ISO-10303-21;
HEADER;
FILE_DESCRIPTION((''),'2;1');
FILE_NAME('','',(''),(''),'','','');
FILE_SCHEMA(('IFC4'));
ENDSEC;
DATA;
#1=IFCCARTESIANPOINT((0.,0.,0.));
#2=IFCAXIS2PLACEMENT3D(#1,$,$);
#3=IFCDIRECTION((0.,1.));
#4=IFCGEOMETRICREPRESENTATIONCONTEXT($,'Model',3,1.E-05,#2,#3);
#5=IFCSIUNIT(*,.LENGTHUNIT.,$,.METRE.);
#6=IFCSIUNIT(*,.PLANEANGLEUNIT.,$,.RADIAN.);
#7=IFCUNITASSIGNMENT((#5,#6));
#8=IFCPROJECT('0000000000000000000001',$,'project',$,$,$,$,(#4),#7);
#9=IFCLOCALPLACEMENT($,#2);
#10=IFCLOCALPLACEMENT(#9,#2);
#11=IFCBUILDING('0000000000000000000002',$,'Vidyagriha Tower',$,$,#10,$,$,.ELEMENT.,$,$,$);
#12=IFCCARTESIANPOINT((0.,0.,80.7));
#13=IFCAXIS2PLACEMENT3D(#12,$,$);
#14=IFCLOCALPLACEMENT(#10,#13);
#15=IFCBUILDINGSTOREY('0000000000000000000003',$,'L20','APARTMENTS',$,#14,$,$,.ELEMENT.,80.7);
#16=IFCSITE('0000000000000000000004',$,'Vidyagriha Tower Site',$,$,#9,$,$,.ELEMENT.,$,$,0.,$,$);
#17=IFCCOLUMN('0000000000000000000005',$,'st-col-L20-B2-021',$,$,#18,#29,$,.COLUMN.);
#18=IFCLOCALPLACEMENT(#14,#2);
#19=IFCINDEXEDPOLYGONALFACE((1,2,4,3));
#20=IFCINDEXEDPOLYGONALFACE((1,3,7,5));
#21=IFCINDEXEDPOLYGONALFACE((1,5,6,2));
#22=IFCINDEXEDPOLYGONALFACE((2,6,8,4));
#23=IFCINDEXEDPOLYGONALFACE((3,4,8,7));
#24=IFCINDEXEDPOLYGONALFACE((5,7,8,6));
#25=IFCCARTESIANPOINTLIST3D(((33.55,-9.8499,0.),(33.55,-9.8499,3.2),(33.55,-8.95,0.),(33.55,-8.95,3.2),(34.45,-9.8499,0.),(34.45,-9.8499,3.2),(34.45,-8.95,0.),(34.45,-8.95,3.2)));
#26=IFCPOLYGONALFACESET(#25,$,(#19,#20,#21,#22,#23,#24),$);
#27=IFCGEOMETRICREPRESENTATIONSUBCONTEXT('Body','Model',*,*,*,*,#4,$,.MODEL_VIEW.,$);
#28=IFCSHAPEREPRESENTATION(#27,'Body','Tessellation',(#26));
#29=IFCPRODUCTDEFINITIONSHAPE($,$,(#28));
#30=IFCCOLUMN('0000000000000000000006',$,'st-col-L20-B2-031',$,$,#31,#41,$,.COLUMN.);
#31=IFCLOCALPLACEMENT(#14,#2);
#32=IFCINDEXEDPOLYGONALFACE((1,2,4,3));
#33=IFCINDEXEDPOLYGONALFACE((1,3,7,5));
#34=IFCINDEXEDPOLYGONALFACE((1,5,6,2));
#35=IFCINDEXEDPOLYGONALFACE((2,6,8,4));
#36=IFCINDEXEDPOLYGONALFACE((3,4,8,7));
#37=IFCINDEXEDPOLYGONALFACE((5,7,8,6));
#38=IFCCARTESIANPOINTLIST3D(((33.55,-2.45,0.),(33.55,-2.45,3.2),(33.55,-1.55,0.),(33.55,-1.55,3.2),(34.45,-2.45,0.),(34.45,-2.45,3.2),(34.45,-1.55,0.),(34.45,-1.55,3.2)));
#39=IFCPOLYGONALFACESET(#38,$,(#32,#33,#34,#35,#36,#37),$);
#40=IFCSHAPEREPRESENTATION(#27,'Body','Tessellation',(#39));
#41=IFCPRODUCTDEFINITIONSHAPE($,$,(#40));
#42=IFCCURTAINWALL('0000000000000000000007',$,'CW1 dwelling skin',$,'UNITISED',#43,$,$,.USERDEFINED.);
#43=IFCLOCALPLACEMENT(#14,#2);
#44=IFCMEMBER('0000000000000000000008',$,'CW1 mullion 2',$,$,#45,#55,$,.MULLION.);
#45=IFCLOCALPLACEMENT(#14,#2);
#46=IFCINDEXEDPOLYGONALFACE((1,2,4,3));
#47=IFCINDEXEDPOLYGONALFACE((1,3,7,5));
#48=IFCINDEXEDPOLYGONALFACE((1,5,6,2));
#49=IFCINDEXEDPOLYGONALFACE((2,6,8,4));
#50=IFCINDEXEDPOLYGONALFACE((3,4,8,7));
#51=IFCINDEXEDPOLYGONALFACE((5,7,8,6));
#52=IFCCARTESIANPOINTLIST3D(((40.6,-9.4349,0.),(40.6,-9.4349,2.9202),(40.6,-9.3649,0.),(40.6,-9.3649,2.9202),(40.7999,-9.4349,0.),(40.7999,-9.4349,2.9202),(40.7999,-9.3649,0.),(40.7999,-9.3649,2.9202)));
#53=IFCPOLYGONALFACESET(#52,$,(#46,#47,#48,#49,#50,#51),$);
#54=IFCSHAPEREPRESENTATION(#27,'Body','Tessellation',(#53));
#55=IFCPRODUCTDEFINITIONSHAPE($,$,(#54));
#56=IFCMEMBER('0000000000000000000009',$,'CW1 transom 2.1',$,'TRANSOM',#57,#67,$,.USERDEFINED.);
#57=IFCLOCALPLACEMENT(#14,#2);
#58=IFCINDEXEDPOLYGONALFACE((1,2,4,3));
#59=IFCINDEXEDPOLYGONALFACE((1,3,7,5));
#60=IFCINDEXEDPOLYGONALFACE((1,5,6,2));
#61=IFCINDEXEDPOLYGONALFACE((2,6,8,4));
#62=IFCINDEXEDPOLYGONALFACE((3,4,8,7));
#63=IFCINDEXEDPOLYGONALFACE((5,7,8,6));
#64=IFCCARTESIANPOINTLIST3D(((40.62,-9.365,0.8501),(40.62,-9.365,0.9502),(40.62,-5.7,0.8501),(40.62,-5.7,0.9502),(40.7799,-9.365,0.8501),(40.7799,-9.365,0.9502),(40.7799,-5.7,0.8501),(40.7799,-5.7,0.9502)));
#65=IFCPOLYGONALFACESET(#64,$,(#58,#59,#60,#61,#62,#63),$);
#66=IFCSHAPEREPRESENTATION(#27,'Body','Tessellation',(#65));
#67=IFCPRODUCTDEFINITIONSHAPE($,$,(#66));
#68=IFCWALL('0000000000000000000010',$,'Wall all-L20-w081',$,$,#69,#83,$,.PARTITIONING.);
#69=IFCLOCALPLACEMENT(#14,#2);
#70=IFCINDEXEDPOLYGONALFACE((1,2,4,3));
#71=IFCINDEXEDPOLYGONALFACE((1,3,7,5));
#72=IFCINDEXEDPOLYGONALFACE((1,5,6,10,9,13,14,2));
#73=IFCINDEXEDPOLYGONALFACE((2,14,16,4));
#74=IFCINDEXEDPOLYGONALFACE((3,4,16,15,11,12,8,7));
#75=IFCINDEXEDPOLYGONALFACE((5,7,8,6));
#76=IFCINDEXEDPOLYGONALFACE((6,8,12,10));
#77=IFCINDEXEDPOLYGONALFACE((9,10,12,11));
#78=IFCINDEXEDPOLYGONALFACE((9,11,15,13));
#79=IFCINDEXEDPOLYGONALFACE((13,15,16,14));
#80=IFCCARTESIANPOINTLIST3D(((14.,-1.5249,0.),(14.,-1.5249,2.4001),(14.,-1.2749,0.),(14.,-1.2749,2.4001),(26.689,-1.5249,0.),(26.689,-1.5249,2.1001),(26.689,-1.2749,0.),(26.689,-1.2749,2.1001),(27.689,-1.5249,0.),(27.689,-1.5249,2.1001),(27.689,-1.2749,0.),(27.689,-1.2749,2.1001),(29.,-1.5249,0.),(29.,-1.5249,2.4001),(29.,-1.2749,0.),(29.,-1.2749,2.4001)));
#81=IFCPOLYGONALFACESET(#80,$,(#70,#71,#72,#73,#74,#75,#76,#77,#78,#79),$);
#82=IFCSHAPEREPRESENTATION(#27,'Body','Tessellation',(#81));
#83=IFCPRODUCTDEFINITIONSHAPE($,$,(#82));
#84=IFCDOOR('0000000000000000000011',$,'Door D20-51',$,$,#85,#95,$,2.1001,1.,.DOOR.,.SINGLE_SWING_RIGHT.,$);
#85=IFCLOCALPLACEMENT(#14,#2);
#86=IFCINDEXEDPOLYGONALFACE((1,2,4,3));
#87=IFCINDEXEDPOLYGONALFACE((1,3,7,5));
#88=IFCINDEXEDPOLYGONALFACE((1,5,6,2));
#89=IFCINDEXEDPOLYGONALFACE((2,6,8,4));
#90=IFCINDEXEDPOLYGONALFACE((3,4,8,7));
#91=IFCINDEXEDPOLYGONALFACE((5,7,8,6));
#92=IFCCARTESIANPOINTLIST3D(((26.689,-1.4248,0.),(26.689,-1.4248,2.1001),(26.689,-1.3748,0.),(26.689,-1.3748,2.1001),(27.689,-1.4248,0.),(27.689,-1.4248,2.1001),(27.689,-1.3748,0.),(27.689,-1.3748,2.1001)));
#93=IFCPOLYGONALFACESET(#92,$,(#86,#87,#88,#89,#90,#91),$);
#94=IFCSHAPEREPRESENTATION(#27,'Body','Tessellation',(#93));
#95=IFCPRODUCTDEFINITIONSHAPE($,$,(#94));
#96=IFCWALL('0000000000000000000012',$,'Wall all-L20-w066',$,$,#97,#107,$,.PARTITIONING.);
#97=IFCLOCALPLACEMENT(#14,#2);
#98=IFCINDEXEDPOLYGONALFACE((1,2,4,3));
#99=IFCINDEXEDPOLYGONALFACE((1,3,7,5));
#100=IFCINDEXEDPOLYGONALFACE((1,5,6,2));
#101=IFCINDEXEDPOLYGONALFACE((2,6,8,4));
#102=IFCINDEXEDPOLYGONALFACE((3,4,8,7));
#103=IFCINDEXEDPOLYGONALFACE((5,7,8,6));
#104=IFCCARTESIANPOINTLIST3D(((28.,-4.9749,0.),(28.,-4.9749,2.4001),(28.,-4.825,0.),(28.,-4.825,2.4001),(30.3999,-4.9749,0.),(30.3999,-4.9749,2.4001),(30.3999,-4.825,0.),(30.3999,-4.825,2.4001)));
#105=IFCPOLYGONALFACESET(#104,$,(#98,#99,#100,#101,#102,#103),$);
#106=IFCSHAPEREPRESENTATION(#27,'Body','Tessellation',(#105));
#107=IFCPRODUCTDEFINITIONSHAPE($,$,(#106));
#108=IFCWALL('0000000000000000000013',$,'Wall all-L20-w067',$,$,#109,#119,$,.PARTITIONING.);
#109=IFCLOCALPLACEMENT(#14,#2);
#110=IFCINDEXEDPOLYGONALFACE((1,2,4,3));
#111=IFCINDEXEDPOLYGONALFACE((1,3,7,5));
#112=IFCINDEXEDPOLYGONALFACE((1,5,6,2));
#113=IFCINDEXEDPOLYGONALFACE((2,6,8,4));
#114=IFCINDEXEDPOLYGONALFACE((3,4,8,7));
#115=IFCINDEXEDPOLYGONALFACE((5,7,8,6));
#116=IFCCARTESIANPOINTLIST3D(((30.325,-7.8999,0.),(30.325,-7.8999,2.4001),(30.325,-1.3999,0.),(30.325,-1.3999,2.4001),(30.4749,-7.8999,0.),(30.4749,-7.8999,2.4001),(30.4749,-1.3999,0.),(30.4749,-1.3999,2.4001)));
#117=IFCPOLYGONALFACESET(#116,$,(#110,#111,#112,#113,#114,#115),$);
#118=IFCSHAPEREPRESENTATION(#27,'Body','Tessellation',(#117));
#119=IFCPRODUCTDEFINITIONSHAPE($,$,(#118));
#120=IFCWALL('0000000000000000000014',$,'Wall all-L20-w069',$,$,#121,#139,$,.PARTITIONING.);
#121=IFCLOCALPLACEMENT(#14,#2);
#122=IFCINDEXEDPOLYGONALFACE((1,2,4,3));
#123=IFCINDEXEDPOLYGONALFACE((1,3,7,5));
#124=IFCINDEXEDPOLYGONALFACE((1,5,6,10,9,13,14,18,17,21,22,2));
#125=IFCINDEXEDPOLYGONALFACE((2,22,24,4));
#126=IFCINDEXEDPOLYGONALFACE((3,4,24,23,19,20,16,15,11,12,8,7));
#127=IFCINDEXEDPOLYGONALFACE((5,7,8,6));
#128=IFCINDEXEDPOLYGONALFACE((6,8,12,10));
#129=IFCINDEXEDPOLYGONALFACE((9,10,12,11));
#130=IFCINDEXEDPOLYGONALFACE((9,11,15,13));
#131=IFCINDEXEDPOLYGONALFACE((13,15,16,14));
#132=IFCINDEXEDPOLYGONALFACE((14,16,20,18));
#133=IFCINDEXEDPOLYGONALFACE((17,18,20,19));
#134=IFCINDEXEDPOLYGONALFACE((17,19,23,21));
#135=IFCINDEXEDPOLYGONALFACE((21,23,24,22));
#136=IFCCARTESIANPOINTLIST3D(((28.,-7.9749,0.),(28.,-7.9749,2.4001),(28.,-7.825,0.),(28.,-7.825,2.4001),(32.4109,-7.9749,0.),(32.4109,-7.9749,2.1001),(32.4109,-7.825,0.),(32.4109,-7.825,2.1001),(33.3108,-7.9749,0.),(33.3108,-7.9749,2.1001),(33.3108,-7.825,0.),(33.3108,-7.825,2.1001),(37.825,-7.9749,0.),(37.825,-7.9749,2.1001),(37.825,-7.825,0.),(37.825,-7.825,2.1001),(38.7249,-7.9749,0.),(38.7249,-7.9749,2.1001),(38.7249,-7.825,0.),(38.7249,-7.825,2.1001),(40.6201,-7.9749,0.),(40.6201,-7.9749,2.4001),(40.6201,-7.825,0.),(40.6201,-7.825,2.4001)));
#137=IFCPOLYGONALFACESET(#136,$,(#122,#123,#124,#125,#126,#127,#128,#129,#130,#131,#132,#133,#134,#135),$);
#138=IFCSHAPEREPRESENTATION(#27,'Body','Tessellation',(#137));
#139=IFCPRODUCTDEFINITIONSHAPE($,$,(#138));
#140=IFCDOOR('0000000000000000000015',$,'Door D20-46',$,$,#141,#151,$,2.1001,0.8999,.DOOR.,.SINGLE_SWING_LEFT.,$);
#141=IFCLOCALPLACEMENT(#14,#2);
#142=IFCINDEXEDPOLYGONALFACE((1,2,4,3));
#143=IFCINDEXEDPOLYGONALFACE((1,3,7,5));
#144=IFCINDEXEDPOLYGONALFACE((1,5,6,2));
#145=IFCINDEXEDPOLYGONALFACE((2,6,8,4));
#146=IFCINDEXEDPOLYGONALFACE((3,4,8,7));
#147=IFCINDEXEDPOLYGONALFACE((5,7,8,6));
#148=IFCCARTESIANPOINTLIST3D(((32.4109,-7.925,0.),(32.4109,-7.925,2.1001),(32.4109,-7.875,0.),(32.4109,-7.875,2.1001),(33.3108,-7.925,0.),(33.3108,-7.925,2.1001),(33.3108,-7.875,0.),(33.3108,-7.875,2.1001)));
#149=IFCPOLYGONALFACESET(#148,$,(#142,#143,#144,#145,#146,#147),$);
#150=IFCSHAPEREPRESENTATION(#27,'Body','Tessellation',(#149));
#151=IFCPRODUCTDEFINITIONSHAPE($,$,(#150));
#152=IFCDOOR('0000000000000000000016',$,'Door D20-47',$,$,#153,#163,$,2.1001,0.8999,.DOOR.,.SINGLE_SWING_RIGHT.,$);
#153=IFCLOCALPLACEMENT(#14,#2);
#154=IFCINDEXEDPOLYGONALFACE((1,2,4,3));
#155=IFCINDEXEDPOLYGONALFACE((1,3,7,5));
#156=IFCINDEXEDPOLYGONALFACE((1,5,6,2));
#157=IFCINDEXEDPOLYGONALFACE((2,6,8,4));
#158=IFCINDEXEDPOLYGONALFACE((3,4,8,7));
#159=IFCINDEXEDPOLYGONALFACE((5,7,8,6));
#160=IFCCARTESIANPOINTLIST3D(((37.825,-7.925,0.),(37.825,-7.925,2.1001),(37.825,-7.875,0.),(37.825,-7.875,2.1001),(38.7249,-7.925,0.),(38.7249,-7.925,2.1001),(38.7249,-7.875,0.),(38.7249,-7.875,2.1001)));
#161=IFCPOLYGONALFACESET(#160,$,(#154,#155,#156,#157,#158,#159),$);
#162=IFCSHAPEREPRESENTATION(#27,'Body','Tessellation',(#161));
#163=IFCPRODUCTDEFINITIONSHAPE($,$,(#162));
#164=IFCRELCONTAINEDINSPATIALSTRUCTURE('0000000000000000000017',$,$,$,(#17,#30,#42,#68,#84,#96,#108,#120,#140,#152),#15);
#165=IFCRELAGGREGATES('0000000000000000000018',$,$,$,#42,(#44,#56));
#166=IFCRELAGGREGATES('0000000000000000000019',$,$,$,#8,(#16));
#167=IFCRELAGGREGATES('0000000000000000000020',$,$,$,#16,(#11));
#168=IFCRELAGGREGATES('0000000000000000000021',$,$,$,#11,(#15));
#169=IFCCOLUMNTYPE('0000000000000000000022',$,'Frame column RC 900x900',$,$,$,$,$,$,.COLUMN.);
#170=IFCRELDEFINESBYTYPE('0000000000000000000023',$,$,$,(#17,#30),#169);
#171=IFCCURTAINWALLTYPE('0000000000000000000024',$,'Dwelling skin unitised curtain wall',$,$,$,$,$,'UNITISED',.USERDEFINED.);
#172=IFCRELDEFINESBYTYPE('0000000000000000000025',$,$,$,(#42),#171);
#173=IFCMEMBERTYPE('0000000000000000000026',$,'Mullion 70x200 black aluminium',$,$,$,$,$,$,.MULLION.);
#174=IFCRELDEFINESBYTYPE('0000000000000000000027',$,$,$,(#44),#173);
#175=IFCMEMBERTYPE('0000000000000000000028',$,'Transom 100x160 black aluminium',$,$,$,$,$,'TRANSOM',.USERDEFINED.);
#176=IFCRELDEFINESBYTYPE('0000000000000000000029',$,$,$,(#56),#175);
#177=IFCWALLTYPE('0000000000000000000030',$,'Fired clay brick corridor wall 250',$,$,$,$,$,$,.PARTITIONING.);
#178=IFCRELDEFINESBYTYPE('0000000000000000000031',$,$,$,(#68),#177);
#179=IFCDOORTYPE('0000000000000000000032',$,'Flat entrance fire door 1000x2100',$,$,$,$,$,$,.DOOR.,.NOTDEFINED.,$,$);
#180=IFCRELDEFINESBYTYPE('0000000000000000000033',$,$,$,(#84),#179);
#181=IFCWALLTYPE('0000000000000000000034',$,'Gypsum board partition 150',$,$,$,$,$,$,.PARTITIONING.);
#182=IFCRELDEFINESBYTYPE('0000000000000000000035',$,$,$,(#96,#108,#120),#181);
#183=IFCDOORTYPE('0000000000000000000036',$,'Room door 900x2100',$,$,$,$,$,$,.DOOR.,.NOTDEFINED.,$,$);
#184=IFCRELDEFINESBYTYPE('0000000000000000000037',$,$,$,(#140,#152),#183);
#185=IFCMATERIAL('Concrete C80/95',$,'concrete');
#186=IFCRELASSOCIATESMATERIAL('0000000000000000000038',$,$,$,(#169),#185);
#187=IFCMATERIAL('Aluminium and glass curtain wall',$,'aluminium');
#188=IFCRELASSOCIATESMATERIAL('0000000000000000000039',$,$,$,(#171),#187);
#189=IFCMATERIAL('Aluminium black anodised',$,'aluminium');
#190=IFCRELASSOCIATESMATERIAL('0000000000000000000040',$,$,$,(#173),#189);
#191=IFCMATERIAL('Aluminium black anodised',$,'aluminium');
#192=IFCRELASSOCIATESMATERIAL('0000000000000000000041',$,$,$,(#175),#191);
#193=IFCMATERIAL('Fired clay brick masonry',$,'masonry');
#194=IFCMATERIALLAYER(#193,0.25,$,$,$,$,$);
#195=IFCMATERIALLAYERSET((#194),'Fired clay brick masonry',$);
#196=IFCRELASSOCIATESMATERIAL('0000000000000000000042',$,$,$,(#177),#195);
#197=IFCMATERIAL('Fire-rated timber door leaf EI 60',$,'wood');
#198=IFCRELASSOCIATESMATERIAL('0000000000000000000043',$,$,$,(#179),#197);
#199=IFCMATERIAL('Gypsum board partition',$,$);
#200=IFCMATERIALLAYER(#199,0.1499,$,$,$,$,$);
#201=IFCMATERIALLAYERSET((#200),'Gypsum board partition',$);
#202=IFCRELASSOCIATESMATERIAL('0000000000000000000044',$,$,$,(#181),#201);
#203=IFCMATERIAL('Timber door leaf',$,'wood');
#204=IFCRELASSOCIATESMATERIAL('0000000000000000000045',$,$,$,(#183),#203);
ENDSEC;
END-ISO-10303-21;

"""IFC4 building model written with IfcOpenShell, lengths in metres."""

from ifc_helpers import new_model, si_unit, direction, frame, frame_2d, origin, origin_2d, place, context, subcontext, project, spatial, rectangle, extrude, material, layer, layer_set, material_profile, profile_set, type_object, element, fill, aggregate, save


model = new_model("IFC4")

# Units and contexts
model_context = context("Model", 3, precision=1e-05, world=origin(), true_north=direction((0.0, 1.0)))
body_context = subcontext(model_context, "Body", "Model", "MODEL_VIEW")
ifc_project = project(units=[si_unit("LENGTHUNIT", "METRE"), si_unit("PLANEANGLEUNIT", "RADIAN")], contexts=[model_context])

# Site, building, storey
site_placement = place(None, origin())
site = spatial("IfcSite", under=ifc_project, at=site_placement, Name="Vidyagriha Tower Site", CompositionType="ELEMENT", RefElevation=0.0)
building_placement = place(site_placement, origin())
building = spatial("IfcBuilding", under=site, at=building_placement, Name="Vidyagriha Tower", CompositionType="ELEMENT")
storey_placement = place(building_placement, frame((0.0, 0.0, 80.7)))
storey = spatial("IfcBuildingStorey", under=building, at=storey_placement, Name="L20", Description="APARTMENTS", CompositionType="ELEMENT", Elevation=80.7)

# Columns
ifc_material_1 = material(Name="Concrete C80/95", Category="concrete")
ifc_material_profile_1 = material_profile(ifc_material_1, rectangle(XDim=0.8999, YDim=0.8999, at=origin_2d()), Name="RC 900x900")
ifc_profile_set_1 = profile_set([ifc_material_profile_1], Name="Concrete C80/95")
column_type = type_object("IfcColumnType", Name="Frame column RC 900x900", PredefinedType="COLUMN", material=ifc_profile_set_1)
for number, where, name in (
    (1, (34.0, -9.3999, 0.0), "st-col-L20-B2-021"),
    (2, (34.0, -2.0, 0.0), "st-col-L20-B2-031"),
):
    element("IfcColumn", number, at=place(storey_placement, frame(where)), inside=storey, type_object=column_type, Name=name, PredefinedType="COLUMN", context=body_context, shape_type="SweptSolid", body=[
        extrude(rectangle(XDim=0.8999, YDim=0.8999, at=origin_2d()), origin(), (0.0, 0.0, 1.0), 3.2),
    ])

# Curtain wall, members
ifc_material_2 = material(Name="Aluminium and glass curtain wall", Category="aluminium")
curtain_wall_type = type_object("IfcCurtainWallType", Name="Dwelling skin unitised curtain wall", ElementType="UNITISED", PredefinedType="USERDEFINED", material=ifc_material_2)
curtain_wall_placement = place(storey_placement, origin())
curtain_wall = element("IfcCurtainWall", 3, at=curtain_wall_placement, inside=storey, type_object=curtain_wall_type, Name="CW1 dwelling skin", ObjectType="UNITISED", PredefinedType="USERDEFINED")
ifc_material_3 = material(Name="Aluminium black anodised", Category="aluminium")
ifc_material_profile_2 = material_profile(ifc_material_3, rectangle(XDim=0.2, YDim=0.0701, at=origin_2d()), Name="Mullion 70x200 black aluminium")
ifc_profile_set_2 = profile_set([ifc_material_profile_2], Name="Aluminium black anodised")
member_type_1 = type_object("IfcMemberType", Name="Mullion 70x200 black aluminium", PredefinedType="MULLION", material=ifc_profile_set_2)
member_1_placement = place(storey_placement, frame((40.7, -9.3999, 0.0), z_axis=(0.0, 0.0, 1.0), x_axis=(-1.0, 0.0, 0.0)))
member_1 = element("IfcMember", 4, at=member_1_placement, type_object=member_type_1, Name="CW1 mullion 2", PredefinedType="MULLION", context=body_context, shape_type="SweptSolid", body=[
    extrude(rectangle(XDim=0.2, YDim=0.0701, at=origin_2d()), origin(), (0.0, 0.0, 1.0), 2.9202),
])
ifc_material_4 = material(Name="Aluminium black anodised", Category="aluminium")
ifc_material_profile_3 = material_profile(ifc_material_4, rectangle(XDim=0.1599, YDim=0.1001, at=origin_2d()), Name="Transom 100x160 black aluminium")
ifc_profile_set_3 = profile_set([ifc_material_profile_3], Name="Aluminium black anodised")
member_type_2 = type_object("IfcMemberType", Name="Transom 100x160 black aluminium", ElementType="TRANSOM", PredefinedType="USERDEFINED", material=ifc_profile_set_3)
member_2_placement = place(storey_placement, frame((40.7, -9.365, 0.9001), z_axis=(0.0, 1.0, 0.0), x_axis=(-1.0, 0.0, 0.0)))
member_2 = element("IfcMember", 5, at=member_2_placement, type_object=member_type_2, Name="CW1 transom 2.1", ObjectType="TRANSOM", PredefinedType="USERDEFINED", context=body_context, shape_type="SweptSolid", body=[
    extrude(rectangle(XDim=0.1599, YDim=0.1001, at=origin_2d()), origin(), (0.0, 0.0, 1.0), 3.665),
])
aggregate(curtain_wall, [member_1, member_2])

# Wall, opening, door
ifc_material_5 = material(Name="Fired clay brick masonry", Category="masonry")
ifc_layer_1 = layer(ifc_material_5, 0.25)
ifc_layer_set_1 = layer_set([ifc_layer_1], Name="Fired clay brick masonry")
wall_type_1 = type_object("IfcWallType", Name="Fired clay brick corridor wall 250", PredefinedType="PARTITIONING", material=ifc_layer_set_1)
wall_1_placement = place(storey_placement, frame((29.0, -1.3999, 0.0), z_axis=(0.0, 0.0, 1.0), x_axis=(-1.0, 0.0, 0.0)))
wall_1 = element("IfcWall", 6, at=wall_1_placement, inside=storey, type_object=wall_type_1, Name="Wall all-L20-w081", PredefinedType="PARTITIONING", context=body_context, shape_type="SweptSolid", body=[
    extrude(rectangle(XDim=15.0, YDim=0.25, at=frame_2d((7.5, 0.0))), origin(), (0.0, 0.0, 1.0), 2.4001),
])
opening_1_placement = place(wall_1_placement, frame((1.311, 0.0, 0.0)))
opening_1 = element("IfcOpeningElement", 7, at=opening_1_placement, cuts=wall_1, PredefinedType="OPENING", context=body_context, shape_type="SweptSolid", body=[
    extrude(rectangle(XDim=1.0, YDim=2.1001, at=frame_2d((0.5, 1.05))), frame((0.0, 0.135, 0.0), z_axis=(0.0, -1.0, 0.0), x_axis=(1.0, 0.0, 0.0)), (0.0, 0.0, 1.0), 0.27),
])
ifc_material_6 = material(Name="Fire-rated timber door leaf EI 60", Category="wood")
door_type_1 = type_object("IfcDoorType", Name="Flat entrance fire door 1000x2100", OperationType="NOTDEFINED", PredefinedType="DOOR", material=ifc_material_6)
door_1_placement = place(opening_1_placement, origin())
door_1 = element("IfcDoor", 8, at=door_1_placement, inside=storey, type_object=door_type_1, Name="Door D20-51", OperationType="SINGLE_SWING_RIGHT", OverallHeight=2.1001, OverallWidth=1.0, PredefinedType="DOOR", context=body_context, shape_type="SweptSolid", body=[
    extrude(rectangle(XDim=1.0, YDim=2.1001, at=frame_2d((0.5, 1.05))), frame((0.0, 0.0249, 0.0), z_axis=(0.0, -1.0, 0.0), x_axis=(1.0, 0.0, 0.0)), (0.0, 0.0, 1.0), 0.05),
])
fill(opening_1, door_1)

# Walls
ifc_material_7 = material(Name="Gypsum board partition")
ifc_layer_2 = layer(ifc_material_7, 0.1499)
ifc_layer_set_2 = layer_set([ifc_layer_2], Name="Gypsum board partition")
wall_type_2 = type_object("IfcWallType", Name="Gypsum board partition 150", PredefinedType="PARTITIONING", material=ifc_layer_set_2)
wall_2_placement = place(storey_placement, frame((30.3999, -4.8999, 0.0), z_axis=(0.0, 0.0, 1.0), x_axis=(-1.0, 0.0, 0.0)))
element("IfcWall", 9, at=wall_2_placement, inside=storey, type_object=wall_type_2, Name="Wall all-L20-w066", PredefinedType="PARTITIONING", context=body_context, shape_type="SweptSolid", body=[
    extrude(rectangle(XDim=2.3999, YDim=0.1499, at=frame_2d((1.2, 0.0))), origin(), (0.0, 0.0, 1.0), 2.4001),
])
wall_3_placement = place(storey_placement, frame((30.3999, -1.3999, 0.0), z_axis=(0.0, 0.0, 1.0), x_axis=(0.0, -1.0, 0.0)))
element("IfcWall", 10, at=wall_3_placement, inside=storey, type_object=wall_type_2, Name="Wall all-L20-w067", PredefinedType="PARTITIONING", context=body_context, shape_type="SweptSolid", body=[
    extrude(rectangle(XDim=6.5, YDim=0.1499, at=frame_2d((3.25, 0.0))), origin(), (0.0, 0.0, 1.0), 2.4001),
])

# Wall, openings, doors
wall_4_placement = place(storey_placement, frame((28.0, -7.8999, 0.0)))
wall_4 = element("IfcWall", 11, at=wall_4_placement, inside=storey, type_object=wall_type_2, Name="Wall all-L20-w069", PredefinedType="PARTITIONING", context=body_context, shape_type="SweptSolid", body=[
    extrude(rectangle(XDim=12.6201, YDim=0.1499, at=frame_2d((6.3101, 0.0))), origin(), (0.0, 0.0, 1.0), 2.4001),
])
opening_2_placement = place(wall_4_placement, frame((4.4109, 0.0, 0.0)))
opening_2 = element("IfcOpeningElement", 12, at=opening_2_placement, cuts=wall_4, PredefinedType="OPENING", context=body_context, shape_type="SweptSolid", body=[
    extrude(rectangle(XDim=0.8999, YDim=2.1001, at=frame_2d((0.45, 1.05))), frame((0.0, 0.085, 0.0), z_axis=(0.0, -1.0, 0.0), x_axis=(1.0, 0.0, 0.0)), (0.0, 0.0, 1.0), 0.1699),
])
opening_3_placement = place(wall_4_placement, frame((9.825, 0.0, 0.0)))
opening_3 = element("IfcOpeningElement", 13, at=opening_3_placement, cuts=wall_4, PredefinedType="OPENING", context=body_context, shape_type="SweptSolid", body=[
    extrude(rectangle(XDim=0.8999, YDim=2.1001, at=frame_2d((0.45, 1.05))), frame((0.0, 0.085, 0.0), z_axis=(0.0, -1.0, 0.0), x_axis=(1.0, 0.0, 0.0)), (0.0, 0.0, 1.0), 0.1699),
])
ifc_material_8 = material(Name="Timber door leaf", Category="wood")
door_type_2 = type_object("IfcDoorType", Name="Room door 900x2100", OperationType="NOTDEFINED", PredefinedType="DOOR", material=ifc_material_8)
door_2_placement = place(opening_2_placement, origin())
door_2 = element("IfcDoor", 14, at=door_2_placement, inside=storey, type_object=door_type_2, Name="Door D20-46", OperationType="SINGLE_SWING_LEFT", OverallHeight=2.1001, OverallWidth=0.8999, PredefinedType="DOOR", context=body_context, shape_type="SweptSolid", body=[
    extrude(rectangle(XDim=0.8999, YDim=2.1001, at=frame_2d((0.45, 1.05))), frame((0.0, 0.0249, 0.0), z_axis=(0.0, -1.0, 0.0), x_axis=(1.0, 0.0, 0.0)), (0.0, 0.0, 1.0), 0.05),
])
fill(opening_2, door_2)
door_3_placement = place(opening_3_placement, origin())
door_3 = element("IfcDoor", 15, at=door_3_placement, inside=storey, type_object=door_type_2, Name="Door D20-47", OperationType="SINGLE_SWING_RIGHT", OverallHeight=2.1001, OverallWidth=0.8999, PredefinedType="DOOR", context=body_context, shape_type="SweptSolid", body=[
    extrude(rectangle(XDim=0.8999, YDim=2.1001, at=frame_2d((0.45, 1.05))), frame((0.0, 0.0249, 0.0), z_axis=(0.0, -1.0, 0.0), x_axis=(1.0, 0.0, 0.0)), (0.0, 0.0, 1.0), 0.05),
])
fill(opening_3, door_3)

save(model, "model.ifc")
